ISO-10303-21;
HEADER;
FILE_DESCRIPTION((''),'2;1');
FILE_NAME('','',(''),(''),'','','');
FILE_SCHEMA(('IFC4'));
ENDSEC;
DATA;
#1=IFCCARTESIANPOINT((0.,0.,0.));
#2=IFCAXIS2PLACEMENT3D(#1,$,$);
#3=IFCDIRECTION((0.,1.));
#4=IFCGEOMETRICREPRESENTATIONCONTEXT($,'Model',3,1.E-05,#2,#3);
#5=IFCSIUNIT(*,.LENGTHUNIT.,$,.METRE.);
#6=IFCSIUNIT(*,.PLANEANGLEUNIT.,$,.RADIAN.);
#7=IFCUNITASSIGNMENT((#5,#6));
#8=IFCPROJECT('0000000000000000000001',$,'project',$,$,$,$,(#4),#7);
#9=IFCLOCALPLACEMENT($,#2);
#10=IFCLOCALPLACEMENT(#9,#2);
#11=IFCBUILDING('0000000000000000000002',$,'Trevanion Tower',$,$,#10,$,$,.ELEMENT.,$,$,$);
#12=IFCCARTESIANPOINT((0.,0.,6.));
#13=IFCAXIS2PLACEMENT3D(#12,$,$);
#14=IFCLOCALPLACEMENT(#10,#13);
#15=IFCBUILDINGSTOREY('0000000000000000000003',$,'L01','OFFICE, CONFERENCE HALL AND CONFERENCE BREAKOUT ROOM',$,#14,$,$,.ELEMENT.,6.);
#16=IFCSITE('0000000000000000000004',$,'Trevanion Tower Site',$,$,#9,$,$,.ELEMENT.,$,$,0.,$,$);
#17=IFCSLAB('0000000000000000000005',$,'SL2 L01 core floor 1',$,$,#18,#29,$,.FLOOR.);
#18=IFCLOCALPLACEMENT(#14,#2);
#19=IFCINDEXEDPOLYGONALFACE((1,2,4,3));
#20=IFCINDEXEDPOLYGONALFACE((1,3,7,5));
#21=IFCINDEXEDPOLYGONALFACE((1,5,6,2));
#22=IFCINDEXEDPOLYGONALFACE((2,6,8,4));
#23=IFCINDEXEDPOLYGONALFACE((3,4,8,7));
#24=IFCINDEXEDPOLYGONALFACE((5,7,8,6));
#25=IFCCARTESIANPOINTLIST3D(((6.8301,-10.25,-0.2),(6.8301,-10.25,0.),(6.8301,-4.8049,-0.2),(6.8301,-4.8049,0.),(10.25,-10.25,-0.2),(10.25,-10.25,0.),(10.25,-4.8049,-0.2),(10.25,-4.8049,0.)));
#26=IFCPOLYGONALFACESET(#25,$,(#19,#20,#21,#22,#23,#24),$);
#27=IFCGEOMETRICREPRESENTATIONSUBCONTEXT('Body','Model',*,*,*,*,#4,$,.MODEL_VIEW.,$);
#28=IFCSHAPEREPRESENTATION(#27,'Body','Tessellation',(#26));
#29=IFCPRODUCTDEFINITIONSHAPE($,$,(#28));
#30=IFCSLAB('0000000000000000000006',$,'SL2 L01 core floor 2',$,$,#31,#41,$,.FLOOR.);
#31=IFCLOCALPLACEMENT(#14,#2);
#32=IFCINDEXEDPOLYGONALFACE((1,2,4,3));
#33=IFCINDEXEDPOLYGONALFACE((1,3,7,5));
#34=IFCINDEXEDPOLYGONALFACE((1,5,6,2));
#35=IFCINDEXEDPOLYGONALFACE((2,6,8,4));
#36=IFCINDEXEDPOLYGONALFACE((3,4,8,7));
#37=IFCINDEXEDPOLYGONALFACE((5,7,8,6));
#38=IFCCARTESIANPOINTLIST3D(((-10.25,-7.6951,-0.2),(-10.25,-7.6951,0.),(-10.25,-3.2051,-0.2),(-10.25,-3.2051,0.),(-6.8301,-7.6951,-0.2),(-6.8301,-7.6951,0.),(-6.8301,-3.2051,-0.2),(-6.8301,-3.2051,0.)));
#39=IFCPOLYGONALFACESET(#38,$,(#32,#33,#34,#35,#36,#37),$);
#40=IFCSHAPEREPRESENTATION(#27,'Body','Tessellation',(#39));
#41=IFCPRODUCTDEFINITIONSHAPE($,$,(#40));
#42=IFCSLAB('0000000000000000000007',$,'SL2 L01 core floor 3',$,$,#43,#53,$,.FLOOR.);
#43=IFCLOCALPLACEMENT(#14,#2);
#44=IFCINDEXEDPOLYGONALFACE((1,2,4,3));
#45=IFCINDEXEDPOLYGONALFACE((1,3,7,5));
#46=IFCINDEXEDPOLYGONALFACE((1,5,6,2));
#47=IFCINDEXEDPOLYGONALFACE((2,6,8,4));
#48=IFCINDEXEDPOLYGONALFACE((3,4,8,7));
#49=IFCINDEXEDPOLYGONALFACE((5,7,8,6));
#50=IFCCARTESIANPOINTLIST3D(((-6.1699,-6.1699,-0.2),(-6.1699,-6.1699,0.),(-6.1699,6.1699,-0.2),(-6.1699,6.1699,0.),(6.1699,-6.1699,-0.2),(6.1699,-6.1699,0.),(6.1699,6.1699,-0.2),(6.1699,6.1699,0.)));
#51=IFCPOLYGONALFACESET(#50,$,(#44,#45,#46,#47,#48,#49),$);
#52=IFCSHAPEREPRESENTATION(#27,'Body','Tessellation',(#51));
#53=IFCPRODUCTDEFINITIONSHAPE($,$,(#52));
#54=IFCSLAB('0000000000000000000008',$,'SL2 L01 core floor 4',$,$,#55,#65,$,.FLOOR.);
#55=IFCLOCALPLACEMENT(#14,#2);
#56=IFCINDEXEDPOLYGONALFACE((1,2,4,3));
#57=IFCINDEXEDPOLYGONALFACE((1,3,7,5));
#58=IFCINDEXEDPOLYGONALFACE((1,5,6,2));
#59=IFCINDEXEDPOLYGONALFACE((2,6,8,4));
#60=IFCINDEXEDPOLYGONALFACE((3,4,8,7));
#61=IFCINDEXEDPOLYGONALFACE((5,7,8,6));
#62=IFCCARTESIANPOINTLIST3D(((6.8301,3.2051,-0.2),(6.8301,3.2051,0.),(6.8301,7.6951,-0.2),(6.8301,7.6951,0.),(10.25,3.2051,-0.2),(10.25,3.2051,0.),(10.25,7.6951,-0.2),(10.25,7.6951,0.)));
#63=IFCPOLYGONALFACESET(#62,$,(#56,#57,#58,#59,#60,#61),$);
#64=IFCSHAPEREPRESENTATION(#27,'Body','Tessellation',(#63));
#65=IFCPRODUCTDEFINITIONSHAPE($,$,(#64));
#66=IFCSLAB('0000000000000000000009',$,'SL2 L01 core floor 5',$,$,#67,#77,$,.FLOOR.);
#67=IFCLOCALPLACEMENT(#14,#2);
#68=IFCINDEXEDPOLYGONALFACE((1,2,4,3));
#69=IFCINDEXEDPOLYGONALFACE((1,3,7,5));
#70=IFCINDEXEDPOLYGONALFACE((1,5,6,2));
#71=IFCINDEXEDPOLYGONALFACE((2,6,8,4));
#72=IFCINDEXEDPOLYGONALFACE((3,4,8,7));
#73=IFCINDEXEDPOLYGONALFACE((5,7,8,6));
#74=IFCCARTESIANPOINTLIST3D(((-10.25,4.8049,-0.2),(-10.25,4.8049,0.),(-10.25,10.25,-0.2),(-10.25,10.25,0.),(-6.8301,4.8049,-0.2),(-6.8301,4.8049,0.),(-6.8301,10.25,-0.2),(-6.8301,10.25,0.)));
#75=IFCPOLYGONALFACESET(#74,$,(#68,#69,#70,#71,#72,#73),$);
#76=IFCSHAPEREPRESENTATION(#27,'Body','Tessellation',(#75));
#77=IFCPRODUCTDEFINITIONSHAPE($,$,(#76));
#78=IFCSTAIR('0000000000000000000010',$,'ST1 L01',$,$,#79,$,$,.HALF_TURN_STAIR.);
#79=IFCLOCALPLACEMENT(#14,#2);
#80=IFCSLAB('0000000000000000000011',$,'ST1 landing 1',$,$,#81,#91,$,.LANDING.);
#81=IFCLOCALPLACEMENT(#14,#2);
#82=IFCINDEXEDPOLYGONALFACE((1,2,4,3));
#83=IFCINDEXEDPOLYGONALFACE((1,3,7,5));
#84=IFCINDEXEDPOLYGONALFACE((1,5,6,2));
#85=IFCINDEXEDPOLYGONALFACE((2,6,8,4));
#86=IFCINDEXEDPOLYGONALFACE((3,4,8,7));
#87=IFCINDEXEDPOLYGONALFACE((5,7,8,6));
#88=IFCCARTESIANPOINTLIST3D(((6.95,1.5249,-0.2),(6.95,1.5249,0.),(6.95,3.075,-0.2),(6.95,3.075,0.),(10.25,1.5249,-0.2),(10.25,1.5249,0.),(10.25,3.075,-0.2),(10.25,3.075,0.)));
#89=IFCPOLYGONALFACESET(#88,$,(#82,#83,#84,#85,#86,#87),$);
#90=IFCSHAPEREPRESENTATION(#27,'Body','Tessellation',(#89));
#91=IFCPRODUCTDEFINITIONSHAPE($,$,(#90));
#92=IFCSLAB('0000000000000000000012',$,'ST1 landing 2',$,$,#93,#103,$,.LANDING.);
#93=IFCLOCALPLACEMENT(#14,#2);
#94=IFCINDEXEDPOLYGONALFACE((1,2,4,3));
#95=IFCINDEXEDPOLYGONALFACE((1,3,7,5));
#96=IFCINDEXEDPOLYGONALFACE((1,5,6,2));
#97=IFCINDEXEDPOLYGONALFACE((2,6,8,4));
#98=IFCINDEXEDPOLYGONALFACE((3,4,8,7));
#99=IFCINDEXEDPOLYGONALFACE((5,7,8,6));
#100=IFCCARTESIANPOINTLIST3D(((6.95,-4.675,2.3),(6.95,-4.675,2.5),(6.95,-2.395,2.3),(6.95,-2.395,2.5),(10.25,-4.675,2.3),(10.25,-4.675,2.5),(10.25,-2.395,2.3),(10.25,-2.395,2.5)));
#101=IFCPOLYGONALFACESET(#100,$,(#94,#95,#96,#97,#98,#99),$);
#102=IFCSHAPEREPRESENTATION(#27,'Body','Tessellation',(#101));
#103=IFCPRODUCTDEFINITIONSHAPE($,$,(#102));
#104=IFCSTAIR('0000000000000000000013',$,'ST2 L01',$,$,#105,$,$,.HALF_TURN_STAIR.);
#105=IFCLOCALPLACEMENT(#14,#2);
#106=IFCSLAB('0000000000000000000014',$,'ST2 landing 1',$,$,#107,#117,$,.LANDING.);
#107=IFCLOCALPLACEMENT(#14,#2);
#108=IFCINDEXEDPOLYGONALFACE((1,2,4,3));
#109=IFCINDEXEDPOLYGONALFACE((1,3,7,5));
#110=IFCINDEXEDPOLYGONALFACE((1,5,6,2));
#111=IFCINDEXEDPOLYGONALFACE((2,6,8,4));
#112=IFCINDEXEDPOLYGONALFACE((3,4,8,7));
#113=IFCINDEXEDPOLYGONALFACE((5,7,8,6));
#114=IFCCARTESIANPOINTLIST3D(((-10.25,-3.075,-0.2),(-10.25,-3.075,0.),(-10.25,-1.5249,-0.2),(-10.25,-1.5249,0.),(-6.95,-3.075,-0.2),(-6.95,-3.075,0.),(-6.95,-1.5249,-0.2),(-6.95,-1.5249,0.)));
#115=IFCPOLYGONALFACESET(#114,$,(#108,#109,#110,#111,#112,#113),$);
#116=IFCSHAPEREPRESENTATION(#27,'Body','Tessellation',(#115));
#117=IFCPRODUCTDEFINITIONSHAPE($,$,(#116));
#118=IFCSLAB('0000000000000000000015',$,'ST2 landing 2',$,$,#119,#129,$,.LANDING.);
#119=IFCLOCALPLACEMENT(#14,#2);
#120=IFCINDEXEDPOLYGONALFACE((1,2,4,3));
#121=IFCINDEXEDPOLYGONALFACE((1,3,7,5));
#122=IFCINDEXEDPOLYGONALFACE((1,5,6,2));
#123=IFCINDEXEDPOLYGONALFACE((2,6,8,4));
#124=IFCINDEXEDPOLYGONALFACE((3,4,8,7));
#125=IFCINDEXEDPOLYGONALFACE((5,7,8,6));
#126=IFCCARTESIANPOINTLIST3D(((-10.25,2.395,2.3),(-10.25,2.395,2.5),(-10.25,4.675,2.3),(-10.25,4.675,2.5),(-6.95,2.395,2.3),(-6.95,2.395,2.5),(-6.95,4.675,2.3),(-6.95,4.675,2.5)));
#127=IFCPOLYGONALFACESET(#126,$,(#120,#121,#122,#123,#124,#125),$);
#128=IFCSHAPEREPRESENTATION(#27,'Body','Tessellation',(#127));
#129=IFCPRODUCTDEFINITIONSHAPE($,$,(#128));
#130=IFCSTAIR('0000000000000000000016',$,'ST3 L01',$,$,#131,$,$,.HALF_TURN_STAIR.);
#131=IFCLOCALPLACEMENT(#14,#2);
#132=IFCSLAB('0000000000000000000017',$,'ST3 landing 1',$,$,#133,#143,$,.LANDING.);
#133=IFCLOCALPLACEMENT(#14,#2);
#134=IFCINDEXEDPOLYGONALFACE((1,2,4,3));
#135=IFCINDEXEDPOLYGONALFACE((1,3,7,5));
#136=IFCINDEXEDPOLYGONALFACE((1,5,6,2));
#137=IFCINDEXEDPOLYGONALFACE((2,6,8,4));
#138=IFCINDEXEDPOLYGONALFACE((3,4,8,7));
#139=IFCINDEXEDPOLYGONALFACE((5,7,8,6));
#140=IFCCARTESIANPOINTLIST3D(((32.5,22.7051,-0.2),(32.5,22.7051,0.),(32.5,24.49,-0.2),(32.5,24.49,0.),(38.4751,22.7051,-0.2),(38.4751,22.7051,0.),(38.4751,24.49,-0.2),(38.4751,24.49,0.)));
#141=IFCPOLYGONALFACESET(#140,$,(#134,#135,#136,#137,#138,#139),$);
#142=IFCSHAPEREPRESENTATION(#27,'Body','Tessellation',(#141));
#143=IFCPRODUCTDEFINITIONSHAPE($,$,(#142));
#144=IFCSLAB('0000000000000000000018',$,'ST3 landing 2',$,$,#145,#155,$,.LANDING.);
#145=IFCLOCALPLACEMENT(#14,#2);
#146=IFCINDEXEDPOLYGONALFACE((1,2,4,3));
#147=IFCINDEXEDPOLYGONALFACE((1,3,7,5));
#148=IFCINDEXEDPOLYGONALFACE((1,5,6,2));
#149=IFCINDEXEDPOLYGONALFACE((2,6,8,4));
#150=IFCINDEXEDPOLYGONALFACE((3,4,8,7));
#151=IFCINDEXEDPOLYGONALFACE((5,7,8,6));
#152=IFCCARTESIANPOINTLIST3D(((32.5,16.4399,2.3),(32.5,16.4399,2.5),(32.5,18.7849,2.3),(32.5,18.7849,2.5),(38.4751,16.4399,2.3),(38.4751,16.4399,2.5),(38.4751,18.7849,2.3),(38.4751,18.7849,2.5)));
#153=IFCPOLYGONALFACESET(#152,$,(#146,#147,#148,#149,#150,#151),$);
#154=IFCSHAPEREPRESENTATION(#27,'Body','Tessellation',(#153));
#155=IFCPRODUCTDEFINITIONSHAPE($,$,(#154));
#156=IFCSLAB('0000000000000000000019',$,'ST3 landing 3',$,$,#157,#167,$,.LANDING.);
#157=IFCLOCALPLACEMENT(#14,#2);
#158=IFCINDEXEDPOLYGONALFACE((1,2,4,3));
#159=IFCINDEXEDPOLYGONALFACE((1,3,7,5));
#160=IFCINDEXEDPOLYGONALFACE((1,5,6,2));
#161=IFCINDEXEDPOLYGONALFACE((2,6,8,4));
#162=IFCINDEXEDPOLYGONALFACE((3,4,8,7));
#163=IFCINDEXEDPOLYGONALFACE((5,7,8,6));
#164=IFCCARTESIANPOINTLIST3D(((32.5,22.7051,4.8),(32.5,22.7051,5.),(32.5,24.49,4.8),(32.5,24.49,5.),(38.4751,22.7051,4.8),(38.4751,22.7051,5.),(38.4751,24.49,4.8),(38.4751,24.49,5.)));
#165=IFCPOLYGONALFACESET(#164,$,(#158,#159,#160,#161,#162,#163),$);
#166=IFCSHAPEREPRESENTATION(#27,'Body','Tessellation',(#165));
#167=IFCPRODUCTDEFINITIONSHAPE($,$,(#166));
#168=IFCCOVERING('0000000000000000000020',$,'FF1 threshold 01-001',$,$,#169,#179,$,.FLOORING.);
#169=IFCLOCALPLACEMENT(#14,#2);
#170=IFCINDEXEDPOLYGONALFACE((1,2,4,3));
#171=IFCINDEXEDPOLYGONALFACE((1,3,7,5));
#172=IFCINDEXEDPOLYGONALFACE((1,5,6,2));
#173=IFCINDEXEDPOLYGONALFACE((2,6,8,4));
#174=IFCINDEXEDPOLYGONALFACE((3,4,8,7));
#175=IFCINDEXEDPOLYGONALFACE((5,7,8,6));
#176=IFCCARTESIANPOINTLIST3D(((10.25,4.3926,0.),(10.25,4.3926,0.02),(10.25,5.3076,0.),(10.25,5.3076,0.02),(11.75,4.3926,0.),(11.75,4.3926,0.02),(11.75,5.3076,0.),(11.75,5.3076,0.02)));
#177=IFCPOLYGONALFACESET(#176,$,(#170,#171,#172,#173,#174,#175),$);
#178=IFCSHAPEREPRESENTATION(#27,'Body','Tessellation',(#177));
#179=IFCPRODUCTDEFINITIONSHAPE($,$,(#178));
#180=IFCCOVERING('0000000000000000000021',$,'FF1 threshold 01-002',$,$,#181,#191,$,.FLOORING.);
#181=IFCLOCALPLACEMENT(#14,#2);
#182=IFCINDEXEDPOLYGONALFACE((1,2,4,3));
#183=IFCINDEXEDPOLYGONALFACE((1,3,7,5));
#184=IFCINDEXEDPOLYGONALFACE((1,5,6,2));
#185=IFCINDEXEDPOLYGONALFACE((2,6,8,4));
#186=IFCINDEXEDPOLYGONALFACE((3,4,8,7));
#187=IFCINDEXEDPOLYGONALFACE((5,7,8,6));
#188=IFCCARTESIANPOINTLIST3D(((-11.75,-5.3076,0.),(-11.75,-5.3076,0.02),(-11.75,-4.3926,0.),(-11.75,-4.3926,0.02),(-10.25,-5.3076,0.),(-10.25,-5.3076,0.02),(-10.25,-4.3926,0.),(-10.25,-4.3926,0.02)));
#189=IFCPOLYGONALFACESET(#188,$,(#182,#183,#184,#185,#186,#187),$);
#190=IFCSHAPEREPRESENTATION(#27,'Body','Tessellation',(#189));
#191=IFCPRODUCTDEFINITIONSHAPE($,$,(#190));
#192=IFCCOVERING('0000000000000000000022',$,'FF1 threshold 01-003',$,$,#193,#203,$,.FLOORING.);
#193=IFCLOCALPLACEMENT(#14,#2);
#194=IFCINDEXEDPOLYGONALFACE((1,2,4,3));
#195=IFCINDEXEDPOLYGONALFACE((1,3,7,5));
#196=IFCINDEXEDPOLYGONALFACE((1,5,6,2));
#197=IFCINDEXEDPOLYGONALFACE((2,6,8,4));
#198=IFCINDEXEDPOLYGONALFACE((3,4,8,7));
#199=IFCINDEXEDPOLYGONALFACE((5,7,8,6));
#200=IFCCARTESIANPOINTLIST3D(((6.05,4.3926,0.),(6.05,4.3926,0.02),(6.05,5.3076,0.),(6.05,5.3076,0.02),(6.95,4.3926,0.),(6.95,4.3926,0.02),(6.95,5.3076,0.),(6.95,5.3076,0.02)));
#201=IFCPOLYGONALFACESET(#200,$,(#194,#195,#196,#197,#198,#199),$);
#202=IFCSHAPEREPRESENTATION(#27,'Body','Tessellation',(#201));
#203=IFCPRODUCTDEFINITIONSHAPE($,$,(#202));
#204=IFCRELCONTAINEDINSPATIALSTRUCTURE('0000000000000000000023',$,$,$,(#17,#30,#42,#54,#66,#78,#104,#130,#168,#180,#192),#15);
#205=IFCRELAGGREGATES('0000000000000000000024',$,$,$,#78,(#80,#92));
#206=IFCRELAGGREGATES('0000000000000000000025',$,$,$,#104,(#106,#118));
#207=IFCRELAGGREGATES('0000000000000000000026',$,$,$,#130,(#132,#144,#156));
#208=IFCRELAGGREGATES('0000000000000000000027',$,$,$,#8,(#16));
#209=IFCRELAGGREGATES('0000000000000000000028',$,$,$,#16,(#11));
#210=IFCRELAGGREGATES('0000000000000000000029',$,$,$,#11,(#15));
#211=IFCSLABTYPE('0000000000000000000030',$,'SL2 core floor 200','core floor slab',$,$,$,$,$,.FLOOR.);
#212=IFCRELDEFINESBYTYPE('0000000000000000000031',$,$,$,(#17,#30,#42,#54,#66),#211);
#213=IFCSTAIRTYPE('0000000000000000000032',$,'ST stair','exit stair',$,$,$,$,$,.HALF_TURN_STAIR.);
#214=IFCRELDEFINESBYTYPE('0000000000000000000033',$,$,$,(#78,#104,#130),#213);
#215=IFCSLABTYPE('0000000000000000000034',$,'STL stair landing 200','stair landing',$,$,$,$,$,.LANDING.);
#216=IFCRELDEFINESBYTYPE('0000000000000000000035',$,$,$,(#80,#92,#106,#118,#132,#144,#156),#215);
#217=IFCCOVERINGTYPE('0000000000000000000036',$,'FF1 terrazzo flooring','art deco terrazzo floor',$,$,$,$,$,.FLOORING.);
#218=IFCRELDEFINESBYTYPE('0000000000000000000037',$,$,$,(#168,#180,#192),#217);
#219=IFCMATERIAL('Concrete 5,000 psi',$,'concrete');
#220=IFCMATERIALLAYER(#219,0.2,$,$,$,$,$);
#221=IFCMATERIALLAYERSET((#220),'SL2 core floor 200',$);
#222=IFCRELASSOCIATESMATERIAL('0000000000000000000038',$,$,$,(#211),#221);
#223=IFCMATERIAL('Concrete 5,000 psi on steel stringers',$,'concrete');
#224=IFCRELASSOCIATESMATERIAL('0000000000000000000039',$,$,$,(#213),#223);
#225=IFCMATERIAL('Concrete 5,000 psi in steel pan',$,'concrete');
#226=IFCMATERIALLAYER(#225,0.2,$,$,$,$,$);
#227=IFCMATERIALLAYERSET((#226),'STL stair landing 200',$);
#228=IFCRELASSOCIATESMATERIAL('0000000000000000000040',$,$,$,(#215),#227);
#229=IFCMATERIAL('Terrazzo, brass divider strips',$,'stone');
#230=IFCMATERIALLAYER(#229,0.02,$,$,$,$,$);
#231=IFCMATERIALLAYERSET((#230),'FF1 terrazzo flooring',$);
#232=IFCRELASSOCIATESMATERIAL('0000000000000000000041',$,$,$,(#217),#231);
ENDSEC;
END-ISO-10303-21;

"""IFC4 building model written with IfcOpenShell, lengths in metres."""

from ifc_helpers import new_model, si_unit, direction, frame, origin, place, context, subcontext, project, spatial, polyline, outline, extrude, material, layer, layer_set, type_object, element, aggregate, save


model = new_model("IFC4")

# Units and contexts
model_context = context("Model", 3, precision=1e-05, world=origin(), true_north=direction((0.0, 1.0)))
body_context = subcontext(model_context, "Body", "Model", "MODEL_VIEW")
ifc_project = project(units=[si_unit("LENGTHUNIT", "METRE"), si_unit("PLANEANGLEUNIT", "RADIAN")], contexts=[model_context])

# Site, building, storey
site_placement = place(None, origin())
site = spatial("IfcSite", under=ifc_project, at=site_placement, Name="Trevanion Tower Site", CompositionType="ELEMENT", RefElevation=0.0)
building_placement = place(site_placement, origin())
building = spatial("IfcBuilding", under=site, at=building_placement, Name="Trevanion Tower", CompositionType="ELEMENT")
storey_placement = place(building_placement, frame((0.0, 0.0, 6.0)))
storey = spatial("IfcBuildingStorey", under=building, at=storey_placement, Name="L01", Description="OFFICE, CONFERENCE HALL AND CONFERENCE BREAKOUT ROOM", CompositionType="ELEMENT", Elevation=6.0)

# Slabs
ifc_material_1 = material(Name="Concrete 5,000 psi", Category="concrete")
ifc_layer_1 = layer(ifc_material_1, 0.2)
ifc_layer_set_1 = layer_set([ifc_layer_1], Name="SL2 core floor 200")
slab_type_1 = type_object("IfcSlabType", Name="SL2 core floor 200", Description="core floor slab", PredefinedType="FLOOR", material=ifc_layer_set_1)
slab_1_placement = place(storey_placement, frame((0.0, 0.0, -0.2)))
element("IfcSlab", 1, at=slab_1_placement, inside=storey, type_object=slab_type_1, Name="SL2 L01 core floor 1", PredefinedType="FLOOR", context=body_context, shape_type="SweptSolid", body=[
    extrude(outline(polyline([(10.25, -4.8049), (10.25, -10.25), (6.8301, -10.25), (6.8301, -4.8049), (10.25, -4.8049)])), origin(), (0.0, 0.0, 1.0), 0.2),
])
slab_2_placement = place(storey_placement, frame((0.0, 0.0, -0.2)))
element("IfcSlab", 2, at=slab_2_placement, inside=storey, type_object=slab_type_1, Name="SL2 L01 core floor 2", PredefinedType="FLOOR", context=body_context, shape_type="SweptSolid", body=[
    extrude(outline(polyline([(-6.8301, -3.2051), (-6.8301, -7.6951), (-10.25, -7.6951), (-10.25, -3.2051), (-6.8301, -3.2051)])), origin(), (0.0, 0.0, 1.0), 0.2),
])
slab_3_placement = place(storey_placement, frame((0.0, 0.0, -0.2)))
element("IfcSlab", 3, at=slab_3_placement, inside=storey, type_object=slab_type_1, Name="SL2 L01 core floor 3", PredefinedType="FLOOR", context=body_context, shape_type="SweptSolid", body=[
    extrude(outline(polyline([(6.1699, -6.1699), (-6.1699, -6.1699), (-6.1699, 6.1699), (6.1699, 6.1699), (6.1699, -6.1699)])), origin(), (0.0, 0.0, 1.0), 0.2),
])
slab_4_placement = place(storey_placement, frame((0.0, 0.0, -0.2)))
element("IfcSlab", 4, at=slab_4_placement, inside=storey, type_object=slab_type_1, Name="SL2 L01 core floor 4", PredefinedType="FLOOR", context=body_context, shape_type="SweptSolid", body=[
    extrude(outline(polyline([(6.8301, 3.2051), (6.8301, 7.6951), (10.25, 7.6951), (10.25, 3.2051), (6.8301, 3.2051)])), origin(), (0.0, 0.0, 1.0), 0.2),
])
slab_5_placement = place(storey_placement, frame((0.0, 0.0, -0.2)))
element("IfcSlab", 5, at=slab_5_placement, inside=storey, type_object=slab_type_1, Name="SL2 L01 core floor 5", PredefinedType="FLOOR", context=body_context, shape_type="SweptSolid", body=[
    extrude(outline(polyline([(-6.8301, 4.8049), (-10.25, 4.8049), (-10.25, 10.25), (-6.8301, 10.25), (-6.8301, 4.8049)])), origin(), (0.0, 0.0, 1.0), 0.2),
])

# Stairs, slabs
ifc_material_2 = material(Name="Concrete 5,000 psi on steel stringers", Category="concrete")
stair_type = type_object("IfcStairType", Name="ST stair", Description="exit stair", PredefinedType="HALF_TURN_STAIR", material=ifc_material_2)
stair_1_placement = place(storey_placement, origin())
stair_1 = element("IfcStair", 6, at=stair_1_placement, inside=storey, type_object=stair_type, Name="ST1 L01", PredefinedType="HALF_TURN_STAIR")
ifc_material_3 = material(Name="Concrete 5,000 psi in steel pan", Category="concrete")
ifc_layer_2 = layer(ifc_material_3, 0.2)
ifc_layer_set_2 = layer_set([ifc_layer_2], Name="STL stair landing 200")
slab_type_2 = type_object("IfcSlabType", Name="STL stair landing 200", Description="stair landing", PredefinedType="LANDING", material=ifc_layer_set_2)
slab_6_placement = place(storey_placement, frame((0.0, 0.0, -0.2)))
slab_6 = element("IfcSlab", 7, at=slab_6_placement, type_object=slab_type_2, Name="ST1 landing 1", PredefinedType="LANDING", context=body_context, shape_type="SweptSolid", body=[
    extrude(outline(polyline([(6.95, 1.5249), (10.25, 1.5249), (10.25, 3.075), (6.95, 3.075), (6.95, 1.5249)])), origin(), (0.0, 0.0, 1.0), 0.2),
])
slab_7_placement = place(storey_placement, frame((0.0, 0.0, 2.3)))
slab_7 = element("IfcSlab", 8, at=slab_7_placement, type_object=slab_type_2, Name="ST1 landing 2", PredefinedType="LANDING", context=body_context, shape_type="SweptSolid", body=[
    extrude(outline(polyline([(6.95, -4.675), (10.25, -4.675), (10.25, -2.395), (6.95, -2.395), (6.95, -4.675)])), origin(), (0.0, 0.0, 1.0), 0.2),
])
aggregate(stair_1, [slab_6, slab_7])
stair_2_placement = place(storey_placement, origin())
stair_2 = element("IfcStair", 9, at=stair_2_placement, inside=storey, type_object=stair_type, Name="ST2 L01", PredefinedType="HALF_TURN_STAIR")
slab_8_placement = place(storey_placement, frame((0.0, 0.0, -0.2)))
slab_8 = element("IfcSlab", 10, at=slab_8_placement, type_object=slab_type_2, Name="ST2 landing 1", PredefinedType="LANDING", context=body_context, shape_type="SweptSolid", body=[
    extrude(outline(polyline([(-6.95, -1.5249), (-10.25, -1.5249), (-10.25, -3.075), (-6.95, -3.075), (-6.95, -1.5249)])), origin(), (0.0, 0.0, 1.0), 0.2),
])
slab_9_placement = place(storey_placement, frame((0.0, 0.0, 2.3)))
slab_9 = element("IfcSlab", 11, at=slab_9_placement, type_object=slab_type_2, Name="ST2 landing 2", PredefinedType="LANDING", context=body_context, shape_type="SweptSolid", body=[
    extrude(outline(polyline([(-6.95, 4.675), (-10.25, 4.675), (-10.25, 2.395), (-6.95, 2.395), (-6.95, 4.675)])), origin(), (0.0, 0.0, 1.0), 0.2),
])
aggregate(stair_2, [slab_8, slab_9])
stair_3_placement = place(storey_placement, origin())
stair_3 = element("IfcStair", 12, at=stair_3_placement, inside=storey, type_object=stair_type, Name="ST3 L01", PredefinedType="HALF_TURN_STAIR")
slab_10_placement = place(storey_placement, frame((0.0, 0.0, -0.2)))
slab_10 = element("IfcSlab", 13, at=slab_10_placement, type_object=slab_type_2, Name="ST3 landing 1", PredefinedType="LANDING", context=body_context, shape_type="SweptSolid", body=[
    extrude(outline(polyline([(32.5, 22.7051), (38.4751, 22.7051), (38.4751, 24.49), (32.5, 24.49), (32.5, 22.7051)])), origin(), (0.0, 0.0, 1.0), 0.2),
])
slab_11_placement = place(storey_placement, frame((0.0, 0.0, 2.3)))
slab_11 = element("IfcSlab", 14, at=slab_11_placement, type_object=slab_type_2, Name="ST3 landing 2", PredefinedType="LANDING", context=body_context, shape_type="SweptSolid", body=[
    extrude(outline(polyline([(32.5, 16.4399), (38.4751, 16.4399), (38.4751, 18.7849), (32.5, 18.7849), (32.5, 16.4399)])), origin(), (0.0, 0.0, 1.0), 0.2),
])
slab_12_placement = place(storey_placement, frame((0.0, 0.0, 4.8)))
slab_12 = element("IfcSlab", 15, at=slab_12_placement, type_object=slab_type_2, Name="ST3 landing 3", PredefinedType="LANDING", context=body_context, shape_type="SweptSolid", body=[
    extrude(outline(polyline([(32.5, 22.7051), (38.4751, 22.7051), (38.4751, 24.49), (32.5, 24.49), (32.5, 22.7051)])), origin(), (0.0, 0.0, 1.0), 0.2),
])
aggregate(stair_3, [slab_10, slab_11, slab_12])

# Coverings
ifc_material_4 = material(Name="Terrazzo, brass divider strips", Category="stone")
ifc_layer_3 = layer(ifc_material_4, 0.02)
ifc_layer_set_3 = layer_set([ifc_layer_3], Name="FF1 terrazzo flooring")
covering_type = type_object("IfcCoveringType", Name="FF1 terrazzo flooring", Description="art deco terrazzo floor", PredefinedType="FLOORING", material=ifc_layer_set_3)
covering_1_placement = place(storey_placement, origin())
element("IfcCovering", 16, at=covering_1_placement, inside=storey, type_object=covering_type, Name="FF1 threshold 01-001", PredefinedType="FLOORING", context=body_context, shape_type="SweptSolid", body=[
    extrude(outline(polyline([(11.75, 4.3926), (11.75, 5.3076), (10.25, 5.3076), (10.25, 4.3926), (11.75, 4.3926)])), origin(), (0.0, 0.0, 1.0), 0.02),
])
covering_2_placement = place(storey_placement, origin())
element("IfcCovering", 17, at=covering_2_placement, inside=storey, type_object=covering_type, Name="FF1 threshold 01-002", PredefinedType="FLOORING", context=body_context, shape_type="SweptSolid", body=[
    extrude(outline(polyline([(-11.75, -4.3926), (-11.75, -5.3076), (-10.25, -5.3076), (-10.25, -4.3926), (-11.75, -4.3926)])), origin(), (0.0, 0.0, 1.0), 0.02),
])
covering_3_placement = place(storey_placement, origin())
element("IfcCovering", 18, at=covering_3_placement, inside=storey, type_object=covering_type, Name="FF1 threshold 01-003", PredefinedType="FLOORING", context=body_context, shape_type="SweptSolid", body=[
    extrude(outline(polyline([(6.95, 4.3926), (6.95, 5.3076), (6.05, 5.3076), (6.05, 4.3926), (6.95, 4.3926)])), origin(), (0.0, 0.0, 1.0), 0.02),
])

save(model, "model.ifc")
